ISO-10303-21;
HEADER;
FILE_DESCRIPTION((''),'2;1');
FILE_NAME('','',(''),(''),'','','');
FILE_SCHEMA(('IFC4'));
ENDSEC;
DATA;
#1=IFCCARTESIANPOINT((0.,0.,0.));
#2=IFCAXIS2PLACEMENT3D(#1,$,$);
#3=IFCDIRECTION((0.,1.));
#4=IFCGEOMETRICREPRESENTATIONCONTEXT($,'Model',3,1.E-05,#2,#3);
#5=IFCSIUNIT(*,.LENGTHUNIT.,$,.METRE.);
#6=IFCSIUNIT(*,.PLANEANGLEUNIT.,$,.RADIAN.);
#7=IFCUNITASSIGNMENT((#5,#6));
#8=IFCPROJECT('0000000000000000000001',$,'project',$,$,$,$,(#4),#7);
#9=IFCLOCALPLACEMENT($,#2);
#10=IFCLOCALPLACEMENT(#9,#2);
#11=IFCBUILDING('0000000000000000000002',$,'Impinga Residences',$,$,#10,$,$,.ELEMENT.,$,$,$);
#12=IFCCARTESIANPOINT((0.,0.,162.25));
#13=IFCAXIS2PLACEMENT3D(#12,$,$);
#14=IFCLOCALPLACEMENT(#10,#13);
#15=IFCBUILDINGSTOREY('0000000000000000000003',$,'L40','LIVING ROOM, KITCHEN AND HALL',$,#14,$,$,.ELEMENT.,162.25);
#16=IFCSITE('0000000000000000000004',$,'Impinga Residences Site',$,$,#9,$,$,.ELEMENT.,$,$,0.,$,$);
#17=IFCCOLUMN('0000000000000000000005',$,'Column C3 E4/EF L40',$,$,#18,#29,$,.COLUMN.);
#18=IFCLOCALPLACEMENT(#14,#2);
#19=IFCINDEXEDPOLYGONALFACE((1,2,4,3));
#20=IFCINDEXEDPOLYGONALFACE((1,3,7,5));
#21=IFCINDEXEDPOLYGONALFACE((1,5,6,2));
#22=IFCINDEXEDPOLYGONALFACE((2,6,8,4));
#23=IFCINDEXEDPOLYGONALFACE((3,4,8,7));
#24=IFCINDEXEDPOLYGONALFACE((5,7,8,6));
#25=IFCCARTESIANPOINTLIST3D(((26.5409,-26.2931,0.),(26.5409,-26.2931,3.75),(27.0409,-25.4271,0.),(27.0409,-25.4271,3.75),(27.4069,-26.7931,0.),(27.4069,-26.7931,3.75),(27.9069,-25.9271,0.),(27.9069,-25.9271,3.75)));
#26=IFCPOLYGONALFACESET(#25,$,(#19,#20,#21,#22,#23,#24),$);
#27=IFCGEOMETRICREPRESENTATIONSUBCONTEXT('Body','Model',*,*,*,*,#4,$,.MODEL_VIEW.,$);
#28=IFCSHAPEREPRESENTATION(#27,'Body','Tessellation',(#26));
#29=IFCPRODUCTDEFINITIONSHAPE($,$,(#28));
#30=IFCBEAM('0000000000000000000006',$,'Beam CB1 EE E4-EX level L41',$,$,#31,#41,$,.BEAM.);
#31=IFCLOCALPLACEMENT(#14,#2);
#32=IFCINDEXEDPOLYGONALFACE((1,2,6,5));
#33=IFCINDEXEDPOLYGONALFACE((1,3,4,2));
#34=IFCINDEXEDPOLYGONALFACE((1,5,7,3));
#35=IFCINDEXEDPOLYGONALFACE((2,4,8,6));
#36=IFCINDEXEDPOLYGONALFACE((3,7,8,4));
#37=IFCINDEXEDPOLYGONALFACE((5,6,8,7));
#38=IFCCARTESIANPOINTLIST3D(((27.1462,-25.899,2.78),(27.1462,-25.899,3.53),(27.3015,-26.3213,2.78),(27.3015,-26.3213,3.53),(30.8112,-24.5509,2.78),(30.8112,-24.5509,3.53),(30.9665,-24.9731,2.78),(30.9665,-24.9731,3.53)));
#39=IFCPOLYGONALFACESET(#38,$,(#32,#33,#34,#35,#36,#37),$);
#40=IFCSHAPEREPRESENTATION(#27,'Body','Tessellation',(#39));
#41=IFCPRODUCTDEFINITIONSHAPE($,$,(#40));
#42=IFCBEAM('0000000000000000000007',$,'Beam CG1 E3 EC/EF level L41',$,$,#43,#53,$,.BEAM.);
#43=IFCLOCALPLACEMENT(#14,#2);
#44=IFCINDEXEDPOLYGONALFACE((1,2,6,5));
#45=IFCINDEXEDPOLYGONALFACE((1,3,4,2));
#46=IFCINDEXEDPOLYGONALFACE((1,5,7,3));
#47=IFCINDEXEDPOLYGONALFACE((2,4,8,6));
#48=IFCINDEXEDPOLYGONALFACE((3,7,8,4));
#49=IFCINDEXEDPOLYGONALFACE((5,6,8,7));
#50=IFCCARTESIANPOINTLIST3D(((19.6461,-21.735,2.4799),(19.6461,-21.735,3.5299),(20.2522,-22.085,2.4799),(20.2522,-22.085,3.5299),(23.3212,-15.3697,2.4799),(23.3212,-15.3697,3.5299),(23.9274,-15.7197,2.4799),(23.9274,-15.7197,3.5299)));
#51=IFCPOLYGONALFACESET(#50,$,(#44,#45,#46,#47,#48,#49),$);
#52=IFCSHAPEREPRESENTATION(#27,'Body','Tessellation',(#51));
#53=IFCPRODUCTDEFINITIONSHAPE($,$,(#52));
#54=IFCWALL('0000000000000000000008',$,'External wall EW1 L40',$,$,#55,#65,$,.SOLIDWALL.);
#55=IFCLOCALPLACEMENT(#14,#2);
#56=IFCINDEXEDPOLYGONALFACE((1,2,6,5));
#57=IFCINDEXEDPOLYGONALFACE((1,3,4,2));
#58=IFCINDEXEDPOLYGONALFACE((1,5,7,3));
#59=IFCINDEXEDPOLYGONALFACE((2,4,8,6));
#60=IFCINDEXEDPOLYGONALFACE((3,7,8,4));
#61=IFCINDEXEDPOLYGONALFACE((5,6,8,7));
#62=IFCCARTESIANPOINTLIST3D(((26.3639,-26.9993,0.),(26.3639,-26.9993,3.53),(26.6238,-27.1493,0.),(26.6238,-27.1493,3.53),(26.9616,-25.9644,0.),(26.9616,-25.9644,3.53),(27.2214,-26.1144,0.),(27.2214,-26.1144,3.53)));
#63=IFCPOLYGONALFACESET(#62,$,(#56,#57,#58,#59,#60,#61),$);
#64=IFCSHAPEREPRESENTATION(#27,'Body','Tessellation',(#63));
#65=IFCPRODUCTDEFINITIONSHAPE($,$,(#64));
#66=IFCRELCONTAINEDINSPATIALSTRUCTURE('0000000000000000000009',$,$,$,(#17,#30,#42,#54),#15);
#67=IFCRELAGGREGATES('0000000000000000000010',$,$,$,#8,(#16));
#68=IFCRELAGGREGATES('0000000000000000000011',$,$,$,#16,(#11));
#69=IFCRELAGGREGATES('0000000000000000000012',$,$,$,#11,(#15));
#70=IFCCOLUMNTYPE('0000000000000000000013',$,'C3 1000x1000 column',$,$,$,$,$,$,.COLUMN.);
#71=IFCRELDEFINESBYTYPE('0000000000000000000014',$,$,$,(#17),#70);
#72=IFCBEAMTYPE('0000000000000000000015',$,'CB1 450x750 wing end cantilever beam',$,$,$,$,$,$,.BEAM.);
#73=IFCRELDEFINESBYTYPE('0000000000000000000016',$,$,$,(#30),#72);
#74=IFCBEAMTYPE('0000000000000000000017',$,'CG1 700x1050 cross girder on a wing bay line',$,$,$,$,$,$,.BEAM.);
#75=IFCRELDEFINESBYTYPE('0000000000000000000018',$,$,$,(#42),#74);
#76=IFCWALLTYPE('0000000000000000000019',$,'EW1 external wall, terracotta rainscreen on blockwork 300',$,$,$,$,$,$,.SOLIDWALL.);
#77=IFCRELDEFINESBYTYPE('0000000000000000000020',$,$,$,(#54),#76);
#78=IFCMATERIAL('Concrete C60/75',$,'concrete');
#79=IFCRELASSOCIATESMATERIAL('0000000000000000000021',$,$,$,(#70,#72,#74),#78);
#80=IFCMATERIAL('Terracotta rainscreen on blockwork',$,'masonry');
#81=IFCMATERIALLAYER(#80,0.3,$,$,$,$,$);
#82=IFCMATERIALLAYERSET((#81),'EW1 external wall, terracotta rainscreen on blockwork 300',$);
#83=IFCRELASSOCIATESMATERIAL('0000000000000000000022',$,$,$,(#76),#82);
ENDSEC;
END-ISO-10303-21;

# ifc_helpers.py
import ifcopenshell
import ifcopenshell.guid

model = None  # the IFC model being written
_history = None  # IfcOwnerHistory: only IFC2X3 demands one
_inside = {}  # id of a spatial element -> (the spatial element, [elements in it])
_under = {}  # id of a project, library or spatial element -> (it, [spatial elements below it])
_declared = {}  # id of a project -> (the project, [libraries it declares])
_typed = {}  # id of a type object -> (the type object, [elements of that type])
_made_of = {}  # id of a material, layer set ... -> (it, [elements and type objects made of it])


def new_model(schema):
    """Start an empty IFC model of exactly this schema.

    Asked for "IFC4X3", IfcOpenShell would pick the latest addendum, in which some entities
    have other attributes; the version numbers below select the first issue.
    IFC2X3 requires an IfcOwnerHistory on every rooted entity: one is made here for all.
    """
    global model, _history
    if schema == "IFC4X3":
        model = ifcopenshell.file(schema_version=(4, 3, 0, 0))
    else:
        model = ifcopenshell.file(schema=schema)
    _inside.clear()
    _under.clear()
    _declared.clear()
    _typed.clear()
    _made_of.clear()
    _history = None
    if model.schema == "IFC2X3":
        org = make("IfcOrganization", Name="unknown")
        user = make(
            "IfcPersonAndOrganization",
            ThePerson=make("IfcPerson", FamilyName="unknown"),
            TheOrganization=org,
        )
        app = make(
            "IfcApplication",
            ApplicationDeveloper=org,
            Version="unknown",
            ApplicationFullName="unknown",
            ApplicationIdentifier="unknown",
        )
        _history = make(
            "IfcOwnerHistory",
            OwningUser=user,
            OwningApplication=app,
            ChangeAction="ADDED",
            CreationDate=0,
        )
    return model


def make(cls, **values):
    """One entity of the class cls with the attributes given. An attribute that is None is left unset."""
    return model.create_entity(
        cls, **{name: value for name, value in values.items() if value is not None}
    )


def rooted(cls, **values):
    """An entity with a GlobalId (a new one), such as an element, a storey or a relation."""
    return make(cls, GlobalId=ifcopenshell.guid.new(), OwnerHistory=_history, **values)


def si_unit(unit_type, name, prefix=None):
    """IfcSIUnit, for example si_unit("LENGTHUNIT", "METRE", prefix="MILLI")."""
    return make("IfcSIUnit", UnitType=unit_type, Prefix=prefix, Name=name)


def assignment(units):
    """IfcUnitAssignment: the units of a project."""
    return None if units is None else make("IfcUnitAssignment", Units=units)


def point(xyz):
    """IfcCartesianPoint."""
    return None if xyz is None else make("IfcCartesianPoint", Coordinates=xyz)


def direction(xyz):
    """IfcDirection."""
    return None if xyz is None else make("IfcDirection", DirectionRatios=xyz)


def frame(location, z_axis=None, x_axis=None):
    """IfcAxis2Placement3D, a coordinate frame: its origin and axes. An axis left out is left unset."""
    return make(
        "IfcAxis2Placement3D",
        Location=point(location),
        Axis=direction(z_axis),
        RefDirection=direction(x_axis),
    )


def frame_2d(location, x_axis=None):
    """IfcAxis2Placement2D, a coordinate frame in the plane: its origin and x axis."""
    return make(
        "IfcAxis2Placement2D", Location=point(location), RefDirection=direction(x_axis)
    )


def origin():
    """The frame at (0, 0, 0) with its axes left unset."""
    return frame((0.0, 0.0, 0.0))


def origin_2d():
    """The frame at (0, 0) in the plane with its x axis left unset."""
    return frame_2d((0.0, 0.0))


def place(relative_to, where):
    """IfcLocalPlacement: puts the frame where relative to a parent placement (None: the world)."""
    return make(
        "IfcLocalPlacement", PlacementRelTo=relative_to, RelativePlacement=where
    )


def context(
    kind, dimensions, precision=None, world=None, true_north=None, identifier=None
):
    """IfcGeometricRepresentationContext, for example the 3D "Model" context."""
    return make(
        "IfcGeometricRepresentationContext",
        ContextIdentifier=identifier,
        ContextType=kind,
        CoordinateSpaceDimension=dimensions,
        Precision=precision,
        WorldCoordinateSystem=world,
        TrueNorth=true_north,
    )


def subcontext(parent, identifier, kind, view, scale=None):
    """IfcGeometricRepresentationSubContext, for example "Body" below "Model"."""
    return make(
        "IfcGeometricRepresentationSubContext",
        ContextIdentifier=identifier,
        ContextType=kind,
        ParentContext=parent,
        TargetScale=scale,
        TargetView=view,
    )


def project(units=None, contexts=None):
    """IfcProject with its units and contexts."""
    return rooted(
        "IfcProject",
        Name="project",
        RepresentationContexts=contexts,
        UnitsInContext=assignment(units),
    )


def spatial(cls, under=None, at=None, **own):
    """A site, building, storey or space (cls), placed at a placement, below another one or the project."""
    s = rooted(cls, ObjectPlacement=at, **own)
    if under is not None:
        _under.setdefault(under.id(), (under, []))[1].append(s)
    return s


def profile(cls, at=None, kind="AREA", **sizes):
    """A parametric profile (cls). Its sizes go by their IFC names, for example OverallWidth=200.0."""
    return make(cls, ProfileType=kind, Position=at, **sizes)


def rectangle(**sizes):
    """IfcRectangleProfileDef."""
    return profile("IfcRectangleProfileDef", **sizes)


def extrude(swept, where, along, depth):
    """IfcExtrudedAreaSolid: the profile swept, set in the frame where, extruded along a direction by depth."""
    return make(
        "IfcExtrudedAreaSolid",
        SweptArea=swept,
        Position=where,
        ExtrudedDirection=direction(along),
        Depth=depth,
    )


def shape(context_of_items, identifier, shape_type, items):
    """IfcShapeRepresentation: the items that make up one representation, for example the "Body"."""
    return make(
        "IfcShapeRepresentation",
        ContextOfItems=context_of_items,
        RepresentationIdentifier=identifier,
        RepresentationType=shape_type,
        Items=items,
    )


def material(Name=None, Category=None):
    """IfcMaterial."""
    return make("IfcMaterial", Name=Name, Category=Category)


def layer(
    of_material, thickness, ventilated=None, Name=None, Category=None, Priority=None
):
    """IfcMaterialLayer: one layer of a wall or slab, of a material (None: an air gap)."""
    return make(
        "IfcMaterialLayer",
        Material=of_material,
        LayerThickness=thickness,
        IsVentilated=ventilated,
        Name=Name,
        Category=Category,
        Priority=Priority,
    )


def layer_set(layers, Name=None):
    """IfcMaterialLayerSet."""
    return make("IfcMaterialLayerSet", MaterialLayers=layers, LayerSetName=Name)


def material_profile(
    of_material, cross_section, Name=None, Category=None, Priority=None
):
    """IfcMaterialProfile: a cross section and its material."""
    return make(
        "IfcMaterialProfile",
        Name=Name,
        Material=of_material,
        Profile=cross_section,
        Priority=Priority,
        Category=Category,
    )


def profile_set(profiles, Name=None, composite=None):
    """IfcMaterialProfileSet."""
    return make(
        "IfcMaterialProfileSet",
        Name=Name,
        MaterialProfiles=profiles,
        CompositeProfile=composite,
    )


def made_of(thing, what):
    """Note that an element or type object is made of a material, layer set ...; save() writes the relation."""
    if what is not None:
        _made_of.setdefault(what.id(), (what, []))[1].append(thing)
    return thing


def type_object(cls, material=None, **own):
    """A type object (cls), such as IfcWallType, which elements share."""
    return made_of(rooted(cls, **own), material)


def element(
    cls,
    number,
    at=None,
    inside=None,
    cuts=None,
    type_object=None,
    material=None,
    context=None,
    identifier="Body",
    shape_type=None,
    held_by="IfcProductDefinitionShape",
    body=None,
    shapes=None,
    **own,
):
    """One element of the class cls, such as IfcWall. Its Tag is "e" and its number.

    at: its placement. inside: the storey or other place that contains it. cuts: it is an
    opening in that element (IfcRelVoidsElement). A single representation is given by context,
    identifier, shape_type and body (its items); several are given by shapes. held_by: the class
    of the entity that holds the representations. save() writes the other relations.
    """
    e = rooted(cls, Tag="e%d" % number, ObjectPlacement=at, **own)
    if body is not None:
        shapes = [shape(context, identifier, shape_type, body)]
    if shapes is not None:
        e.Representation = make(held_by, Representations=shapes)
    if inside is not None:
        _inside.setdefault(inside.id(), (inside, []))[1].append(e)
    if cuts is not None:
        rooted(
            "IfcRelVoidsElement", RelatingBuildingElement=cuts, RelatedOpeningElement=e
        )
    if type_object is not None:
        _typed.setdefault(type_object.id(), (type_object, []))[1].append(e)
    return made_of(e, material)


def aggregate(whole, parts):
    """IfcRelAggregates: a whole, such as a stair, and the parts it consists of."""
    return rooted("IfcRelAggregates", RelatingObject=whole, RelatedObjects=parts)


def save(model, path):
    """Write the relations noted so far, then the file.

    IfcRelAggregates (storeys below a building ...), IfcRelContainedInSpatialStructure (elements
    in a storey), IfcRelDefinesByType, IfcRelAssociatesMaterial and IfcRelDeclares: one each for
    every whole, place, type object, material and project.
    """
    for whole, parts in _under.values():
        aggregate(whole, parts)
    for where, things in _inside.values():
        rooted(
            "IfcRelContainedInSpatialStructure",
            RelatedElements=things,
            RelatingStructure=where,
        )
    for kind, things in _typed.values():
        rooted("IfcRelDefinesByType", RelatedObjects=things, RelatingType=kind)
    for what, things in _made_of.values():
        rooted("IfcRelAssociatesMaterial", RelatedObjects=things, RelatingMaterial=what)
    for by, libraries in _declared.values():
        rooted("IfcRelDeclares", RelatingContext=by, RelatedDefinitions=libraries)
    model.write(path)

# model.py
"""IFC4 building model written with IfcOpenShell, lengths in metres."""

from ifc_helpers import new_model, si_unit, direction, frame, frame_2d, origin, origin_2d, place, context, subcontext, project, spatial, rectangle, extrude, material, layer, layer_set, material_profile, profile_set, type_object, element, save


model = new_model("IFC4")

# Units and contexts
model_context = context("Model", 3, precision=1e-05, world=origin(), true_north=direction((0.0, 1.0)))
body_context = subcontext(model_context, "Body", "Model", "MODEL_VIEW")
ifc_project = project(units=[si_unit("LENGTHUNIT", "METRE"), si_unit("PLANEANGLEUNIT", "RADIAN")], contexts=[model_context])

# Site, building, storey
site_placement = place(None, origin())
site = spatial("IfcSite", under=ifc_project, at=site_placement, Name="Impinga Residences Site", CompositionType="ELEMENT", RefElevation=0.0)
building_placement = place(site_placement, origin())
building = spatial("IfcBuilding", under=site, at=building_placement, Name="Impinga Residences", CompositionType="ELEMENT")
storey_placement = place(building_placement, frame((0.0, 0.0, 162.25)))
storey = spatial("IfcBuildingStorey", under=building, at=storey_placement, Name="L40", Description="LIVING ROOM, KITCHEN AND HALL", CompositionType="ELEMENT", Elevation=162.25)

# Column
ifc_material_1 = material(Name="Concrete C60/75", Category="concrete")
ifc_material_profile_1 = material_profile(ifc_material_1, rectangle(XDim=1.0, YDim=1.0, at=origin_2d()), Name="RC 1000x1000")
ifc_profile_set_1 = profile_set([ifc_material_profile_1], Name="Concrete C60/75")
column_type = type_object("IfcColumnType", Name="C3 1000x1000 column", PredefinedType="COLUMN", material=ifc_profile_set_1)
column_placement = place(storey_placement, frame((27.2239, -26.1101, 0.0), z_axis=(0.0, 0.0, 1.0), x_axis=(-0.5, -0.866025, 0.0)))
element("IfcColumn", 1, at=column_placement, inside=storey, type_object=column_type, Name="Column C3 E4/EF L40", PredefinedType="COLUMN", context=body_context, shape_type="SweptSolid", body=[
    extrude(rectangle(XDim=1.0, YDim=1.0, at=origin_2d()), origin(), (0.0, 0.0, 1.0), 3.75),
])

# Beams
ifc_material_profile_2 = material_profile(ifc_material_1, rectangle(XDim=0.45, YDim=0.75, at=origin_2d()), Name="RC 450x750")
ifc_profile_set_2 = profile_set([ifc_material_profile_2], Name="Concrete C60/75")
beam_type_1 = type_object("IfcBeamType", Name="CB1 450x750 wing end cantilever beam", PredefinedType="BEAM", material=ifc_profile_set_2)
beam_1_placement = place(storey_placement, frame((27.2239, -26.1101, 3.155), z_axis=(0.93852, 0.345224, 0.0), x_axis=(-0.345224, 0.93852, 0.0)))
element("IfcBeam", 2, at=beam_1_placement, inside=storey, type_object=beam_type_1, Name="Beam CB1 EE E4-EX level L41", PredefinedType="BEAM", context=body_context, shape_type="SweptSolid", body=[
    extrude(rectangle(XDim=0.45, YDim=0.75, at=origin_2d()), origin(), (0.0, 0.0, 1.0), 3.905),
])
ifc_material_profile_3 = material_profile(ifc_material_1, rectangle(XDim=0.7, YDim=1.05, at=origin_2d()), Name="RC 700x1050")
ifc_profile_set_3 = profile_set([ifc_material_profile_3], Name="Concrete C60/75")
beam_type_2 = type_object("IfcBeamType", Name="CG1 700x1050 cross girder on a wing bay line", PredefinedType="BEAM", material=ifc_profile_set_3)
beam_2_placement = place(storey_placement, frame((23.6243, -15.5447, 3.0049), z_axis=(-0.500008, -0.866021, 0.0), x_axis=(0.866021, -0.500008, 0.0)))
element("IfcBeam", 3, at=beam_2_placement, inside=storey, type_object=beam_type_2, Name="Beam CG1 E3 EC/EF level L41", PredefinedType="BEAM", context=body_context, shape_type="SweptSolid", body=[
    extrude(rectangle(XDim=0.7, YDim=1.05, at=origin_2d()), origin(), (0.0, 0.0, 1.0), 7.3501),
])

# Wall
ifc_material_2 = material(Name="Terracotta rainscreen on blockwork", Category="masonry")
ifc_layer_1 = layer(ifc_material_2, 0.3)
ifc_layer_set_1 = layer_set([ifc_layer_1], Name="EW1 external wall, terracotta rainscreen on blockwork 300")
wall_type_1 = type_object("IfcWallType", Name="EW1 external wall, terracotta rainscreen on blockwork 300", PredefinedType="SOLIDWALL", material=ifc_layer_set_1)
wall_1_placement = place(storey_placement, frame((27.0916, -26.0393, 0.0), z_axis=(0.0, 0.0, 1.0), x_axis=(-0.500094, -0.865971, 0.0)))
element("IfcWall", 4, at=wall_1_placement, inside=storey, type_object=wall_type_1, Name="External wall EW1 L40", PredefinedType="SOLIDWALL", context=body_context, shape_type="SweptSolid", body=[
    extrude(rectangle(XDim=1.1951, YDim=0.3, at=frame_2d((0.5977, 0.0))), origin(), (0.0, 0.0, 1.0), 3.53),
])

save(model, "model.ifc")
